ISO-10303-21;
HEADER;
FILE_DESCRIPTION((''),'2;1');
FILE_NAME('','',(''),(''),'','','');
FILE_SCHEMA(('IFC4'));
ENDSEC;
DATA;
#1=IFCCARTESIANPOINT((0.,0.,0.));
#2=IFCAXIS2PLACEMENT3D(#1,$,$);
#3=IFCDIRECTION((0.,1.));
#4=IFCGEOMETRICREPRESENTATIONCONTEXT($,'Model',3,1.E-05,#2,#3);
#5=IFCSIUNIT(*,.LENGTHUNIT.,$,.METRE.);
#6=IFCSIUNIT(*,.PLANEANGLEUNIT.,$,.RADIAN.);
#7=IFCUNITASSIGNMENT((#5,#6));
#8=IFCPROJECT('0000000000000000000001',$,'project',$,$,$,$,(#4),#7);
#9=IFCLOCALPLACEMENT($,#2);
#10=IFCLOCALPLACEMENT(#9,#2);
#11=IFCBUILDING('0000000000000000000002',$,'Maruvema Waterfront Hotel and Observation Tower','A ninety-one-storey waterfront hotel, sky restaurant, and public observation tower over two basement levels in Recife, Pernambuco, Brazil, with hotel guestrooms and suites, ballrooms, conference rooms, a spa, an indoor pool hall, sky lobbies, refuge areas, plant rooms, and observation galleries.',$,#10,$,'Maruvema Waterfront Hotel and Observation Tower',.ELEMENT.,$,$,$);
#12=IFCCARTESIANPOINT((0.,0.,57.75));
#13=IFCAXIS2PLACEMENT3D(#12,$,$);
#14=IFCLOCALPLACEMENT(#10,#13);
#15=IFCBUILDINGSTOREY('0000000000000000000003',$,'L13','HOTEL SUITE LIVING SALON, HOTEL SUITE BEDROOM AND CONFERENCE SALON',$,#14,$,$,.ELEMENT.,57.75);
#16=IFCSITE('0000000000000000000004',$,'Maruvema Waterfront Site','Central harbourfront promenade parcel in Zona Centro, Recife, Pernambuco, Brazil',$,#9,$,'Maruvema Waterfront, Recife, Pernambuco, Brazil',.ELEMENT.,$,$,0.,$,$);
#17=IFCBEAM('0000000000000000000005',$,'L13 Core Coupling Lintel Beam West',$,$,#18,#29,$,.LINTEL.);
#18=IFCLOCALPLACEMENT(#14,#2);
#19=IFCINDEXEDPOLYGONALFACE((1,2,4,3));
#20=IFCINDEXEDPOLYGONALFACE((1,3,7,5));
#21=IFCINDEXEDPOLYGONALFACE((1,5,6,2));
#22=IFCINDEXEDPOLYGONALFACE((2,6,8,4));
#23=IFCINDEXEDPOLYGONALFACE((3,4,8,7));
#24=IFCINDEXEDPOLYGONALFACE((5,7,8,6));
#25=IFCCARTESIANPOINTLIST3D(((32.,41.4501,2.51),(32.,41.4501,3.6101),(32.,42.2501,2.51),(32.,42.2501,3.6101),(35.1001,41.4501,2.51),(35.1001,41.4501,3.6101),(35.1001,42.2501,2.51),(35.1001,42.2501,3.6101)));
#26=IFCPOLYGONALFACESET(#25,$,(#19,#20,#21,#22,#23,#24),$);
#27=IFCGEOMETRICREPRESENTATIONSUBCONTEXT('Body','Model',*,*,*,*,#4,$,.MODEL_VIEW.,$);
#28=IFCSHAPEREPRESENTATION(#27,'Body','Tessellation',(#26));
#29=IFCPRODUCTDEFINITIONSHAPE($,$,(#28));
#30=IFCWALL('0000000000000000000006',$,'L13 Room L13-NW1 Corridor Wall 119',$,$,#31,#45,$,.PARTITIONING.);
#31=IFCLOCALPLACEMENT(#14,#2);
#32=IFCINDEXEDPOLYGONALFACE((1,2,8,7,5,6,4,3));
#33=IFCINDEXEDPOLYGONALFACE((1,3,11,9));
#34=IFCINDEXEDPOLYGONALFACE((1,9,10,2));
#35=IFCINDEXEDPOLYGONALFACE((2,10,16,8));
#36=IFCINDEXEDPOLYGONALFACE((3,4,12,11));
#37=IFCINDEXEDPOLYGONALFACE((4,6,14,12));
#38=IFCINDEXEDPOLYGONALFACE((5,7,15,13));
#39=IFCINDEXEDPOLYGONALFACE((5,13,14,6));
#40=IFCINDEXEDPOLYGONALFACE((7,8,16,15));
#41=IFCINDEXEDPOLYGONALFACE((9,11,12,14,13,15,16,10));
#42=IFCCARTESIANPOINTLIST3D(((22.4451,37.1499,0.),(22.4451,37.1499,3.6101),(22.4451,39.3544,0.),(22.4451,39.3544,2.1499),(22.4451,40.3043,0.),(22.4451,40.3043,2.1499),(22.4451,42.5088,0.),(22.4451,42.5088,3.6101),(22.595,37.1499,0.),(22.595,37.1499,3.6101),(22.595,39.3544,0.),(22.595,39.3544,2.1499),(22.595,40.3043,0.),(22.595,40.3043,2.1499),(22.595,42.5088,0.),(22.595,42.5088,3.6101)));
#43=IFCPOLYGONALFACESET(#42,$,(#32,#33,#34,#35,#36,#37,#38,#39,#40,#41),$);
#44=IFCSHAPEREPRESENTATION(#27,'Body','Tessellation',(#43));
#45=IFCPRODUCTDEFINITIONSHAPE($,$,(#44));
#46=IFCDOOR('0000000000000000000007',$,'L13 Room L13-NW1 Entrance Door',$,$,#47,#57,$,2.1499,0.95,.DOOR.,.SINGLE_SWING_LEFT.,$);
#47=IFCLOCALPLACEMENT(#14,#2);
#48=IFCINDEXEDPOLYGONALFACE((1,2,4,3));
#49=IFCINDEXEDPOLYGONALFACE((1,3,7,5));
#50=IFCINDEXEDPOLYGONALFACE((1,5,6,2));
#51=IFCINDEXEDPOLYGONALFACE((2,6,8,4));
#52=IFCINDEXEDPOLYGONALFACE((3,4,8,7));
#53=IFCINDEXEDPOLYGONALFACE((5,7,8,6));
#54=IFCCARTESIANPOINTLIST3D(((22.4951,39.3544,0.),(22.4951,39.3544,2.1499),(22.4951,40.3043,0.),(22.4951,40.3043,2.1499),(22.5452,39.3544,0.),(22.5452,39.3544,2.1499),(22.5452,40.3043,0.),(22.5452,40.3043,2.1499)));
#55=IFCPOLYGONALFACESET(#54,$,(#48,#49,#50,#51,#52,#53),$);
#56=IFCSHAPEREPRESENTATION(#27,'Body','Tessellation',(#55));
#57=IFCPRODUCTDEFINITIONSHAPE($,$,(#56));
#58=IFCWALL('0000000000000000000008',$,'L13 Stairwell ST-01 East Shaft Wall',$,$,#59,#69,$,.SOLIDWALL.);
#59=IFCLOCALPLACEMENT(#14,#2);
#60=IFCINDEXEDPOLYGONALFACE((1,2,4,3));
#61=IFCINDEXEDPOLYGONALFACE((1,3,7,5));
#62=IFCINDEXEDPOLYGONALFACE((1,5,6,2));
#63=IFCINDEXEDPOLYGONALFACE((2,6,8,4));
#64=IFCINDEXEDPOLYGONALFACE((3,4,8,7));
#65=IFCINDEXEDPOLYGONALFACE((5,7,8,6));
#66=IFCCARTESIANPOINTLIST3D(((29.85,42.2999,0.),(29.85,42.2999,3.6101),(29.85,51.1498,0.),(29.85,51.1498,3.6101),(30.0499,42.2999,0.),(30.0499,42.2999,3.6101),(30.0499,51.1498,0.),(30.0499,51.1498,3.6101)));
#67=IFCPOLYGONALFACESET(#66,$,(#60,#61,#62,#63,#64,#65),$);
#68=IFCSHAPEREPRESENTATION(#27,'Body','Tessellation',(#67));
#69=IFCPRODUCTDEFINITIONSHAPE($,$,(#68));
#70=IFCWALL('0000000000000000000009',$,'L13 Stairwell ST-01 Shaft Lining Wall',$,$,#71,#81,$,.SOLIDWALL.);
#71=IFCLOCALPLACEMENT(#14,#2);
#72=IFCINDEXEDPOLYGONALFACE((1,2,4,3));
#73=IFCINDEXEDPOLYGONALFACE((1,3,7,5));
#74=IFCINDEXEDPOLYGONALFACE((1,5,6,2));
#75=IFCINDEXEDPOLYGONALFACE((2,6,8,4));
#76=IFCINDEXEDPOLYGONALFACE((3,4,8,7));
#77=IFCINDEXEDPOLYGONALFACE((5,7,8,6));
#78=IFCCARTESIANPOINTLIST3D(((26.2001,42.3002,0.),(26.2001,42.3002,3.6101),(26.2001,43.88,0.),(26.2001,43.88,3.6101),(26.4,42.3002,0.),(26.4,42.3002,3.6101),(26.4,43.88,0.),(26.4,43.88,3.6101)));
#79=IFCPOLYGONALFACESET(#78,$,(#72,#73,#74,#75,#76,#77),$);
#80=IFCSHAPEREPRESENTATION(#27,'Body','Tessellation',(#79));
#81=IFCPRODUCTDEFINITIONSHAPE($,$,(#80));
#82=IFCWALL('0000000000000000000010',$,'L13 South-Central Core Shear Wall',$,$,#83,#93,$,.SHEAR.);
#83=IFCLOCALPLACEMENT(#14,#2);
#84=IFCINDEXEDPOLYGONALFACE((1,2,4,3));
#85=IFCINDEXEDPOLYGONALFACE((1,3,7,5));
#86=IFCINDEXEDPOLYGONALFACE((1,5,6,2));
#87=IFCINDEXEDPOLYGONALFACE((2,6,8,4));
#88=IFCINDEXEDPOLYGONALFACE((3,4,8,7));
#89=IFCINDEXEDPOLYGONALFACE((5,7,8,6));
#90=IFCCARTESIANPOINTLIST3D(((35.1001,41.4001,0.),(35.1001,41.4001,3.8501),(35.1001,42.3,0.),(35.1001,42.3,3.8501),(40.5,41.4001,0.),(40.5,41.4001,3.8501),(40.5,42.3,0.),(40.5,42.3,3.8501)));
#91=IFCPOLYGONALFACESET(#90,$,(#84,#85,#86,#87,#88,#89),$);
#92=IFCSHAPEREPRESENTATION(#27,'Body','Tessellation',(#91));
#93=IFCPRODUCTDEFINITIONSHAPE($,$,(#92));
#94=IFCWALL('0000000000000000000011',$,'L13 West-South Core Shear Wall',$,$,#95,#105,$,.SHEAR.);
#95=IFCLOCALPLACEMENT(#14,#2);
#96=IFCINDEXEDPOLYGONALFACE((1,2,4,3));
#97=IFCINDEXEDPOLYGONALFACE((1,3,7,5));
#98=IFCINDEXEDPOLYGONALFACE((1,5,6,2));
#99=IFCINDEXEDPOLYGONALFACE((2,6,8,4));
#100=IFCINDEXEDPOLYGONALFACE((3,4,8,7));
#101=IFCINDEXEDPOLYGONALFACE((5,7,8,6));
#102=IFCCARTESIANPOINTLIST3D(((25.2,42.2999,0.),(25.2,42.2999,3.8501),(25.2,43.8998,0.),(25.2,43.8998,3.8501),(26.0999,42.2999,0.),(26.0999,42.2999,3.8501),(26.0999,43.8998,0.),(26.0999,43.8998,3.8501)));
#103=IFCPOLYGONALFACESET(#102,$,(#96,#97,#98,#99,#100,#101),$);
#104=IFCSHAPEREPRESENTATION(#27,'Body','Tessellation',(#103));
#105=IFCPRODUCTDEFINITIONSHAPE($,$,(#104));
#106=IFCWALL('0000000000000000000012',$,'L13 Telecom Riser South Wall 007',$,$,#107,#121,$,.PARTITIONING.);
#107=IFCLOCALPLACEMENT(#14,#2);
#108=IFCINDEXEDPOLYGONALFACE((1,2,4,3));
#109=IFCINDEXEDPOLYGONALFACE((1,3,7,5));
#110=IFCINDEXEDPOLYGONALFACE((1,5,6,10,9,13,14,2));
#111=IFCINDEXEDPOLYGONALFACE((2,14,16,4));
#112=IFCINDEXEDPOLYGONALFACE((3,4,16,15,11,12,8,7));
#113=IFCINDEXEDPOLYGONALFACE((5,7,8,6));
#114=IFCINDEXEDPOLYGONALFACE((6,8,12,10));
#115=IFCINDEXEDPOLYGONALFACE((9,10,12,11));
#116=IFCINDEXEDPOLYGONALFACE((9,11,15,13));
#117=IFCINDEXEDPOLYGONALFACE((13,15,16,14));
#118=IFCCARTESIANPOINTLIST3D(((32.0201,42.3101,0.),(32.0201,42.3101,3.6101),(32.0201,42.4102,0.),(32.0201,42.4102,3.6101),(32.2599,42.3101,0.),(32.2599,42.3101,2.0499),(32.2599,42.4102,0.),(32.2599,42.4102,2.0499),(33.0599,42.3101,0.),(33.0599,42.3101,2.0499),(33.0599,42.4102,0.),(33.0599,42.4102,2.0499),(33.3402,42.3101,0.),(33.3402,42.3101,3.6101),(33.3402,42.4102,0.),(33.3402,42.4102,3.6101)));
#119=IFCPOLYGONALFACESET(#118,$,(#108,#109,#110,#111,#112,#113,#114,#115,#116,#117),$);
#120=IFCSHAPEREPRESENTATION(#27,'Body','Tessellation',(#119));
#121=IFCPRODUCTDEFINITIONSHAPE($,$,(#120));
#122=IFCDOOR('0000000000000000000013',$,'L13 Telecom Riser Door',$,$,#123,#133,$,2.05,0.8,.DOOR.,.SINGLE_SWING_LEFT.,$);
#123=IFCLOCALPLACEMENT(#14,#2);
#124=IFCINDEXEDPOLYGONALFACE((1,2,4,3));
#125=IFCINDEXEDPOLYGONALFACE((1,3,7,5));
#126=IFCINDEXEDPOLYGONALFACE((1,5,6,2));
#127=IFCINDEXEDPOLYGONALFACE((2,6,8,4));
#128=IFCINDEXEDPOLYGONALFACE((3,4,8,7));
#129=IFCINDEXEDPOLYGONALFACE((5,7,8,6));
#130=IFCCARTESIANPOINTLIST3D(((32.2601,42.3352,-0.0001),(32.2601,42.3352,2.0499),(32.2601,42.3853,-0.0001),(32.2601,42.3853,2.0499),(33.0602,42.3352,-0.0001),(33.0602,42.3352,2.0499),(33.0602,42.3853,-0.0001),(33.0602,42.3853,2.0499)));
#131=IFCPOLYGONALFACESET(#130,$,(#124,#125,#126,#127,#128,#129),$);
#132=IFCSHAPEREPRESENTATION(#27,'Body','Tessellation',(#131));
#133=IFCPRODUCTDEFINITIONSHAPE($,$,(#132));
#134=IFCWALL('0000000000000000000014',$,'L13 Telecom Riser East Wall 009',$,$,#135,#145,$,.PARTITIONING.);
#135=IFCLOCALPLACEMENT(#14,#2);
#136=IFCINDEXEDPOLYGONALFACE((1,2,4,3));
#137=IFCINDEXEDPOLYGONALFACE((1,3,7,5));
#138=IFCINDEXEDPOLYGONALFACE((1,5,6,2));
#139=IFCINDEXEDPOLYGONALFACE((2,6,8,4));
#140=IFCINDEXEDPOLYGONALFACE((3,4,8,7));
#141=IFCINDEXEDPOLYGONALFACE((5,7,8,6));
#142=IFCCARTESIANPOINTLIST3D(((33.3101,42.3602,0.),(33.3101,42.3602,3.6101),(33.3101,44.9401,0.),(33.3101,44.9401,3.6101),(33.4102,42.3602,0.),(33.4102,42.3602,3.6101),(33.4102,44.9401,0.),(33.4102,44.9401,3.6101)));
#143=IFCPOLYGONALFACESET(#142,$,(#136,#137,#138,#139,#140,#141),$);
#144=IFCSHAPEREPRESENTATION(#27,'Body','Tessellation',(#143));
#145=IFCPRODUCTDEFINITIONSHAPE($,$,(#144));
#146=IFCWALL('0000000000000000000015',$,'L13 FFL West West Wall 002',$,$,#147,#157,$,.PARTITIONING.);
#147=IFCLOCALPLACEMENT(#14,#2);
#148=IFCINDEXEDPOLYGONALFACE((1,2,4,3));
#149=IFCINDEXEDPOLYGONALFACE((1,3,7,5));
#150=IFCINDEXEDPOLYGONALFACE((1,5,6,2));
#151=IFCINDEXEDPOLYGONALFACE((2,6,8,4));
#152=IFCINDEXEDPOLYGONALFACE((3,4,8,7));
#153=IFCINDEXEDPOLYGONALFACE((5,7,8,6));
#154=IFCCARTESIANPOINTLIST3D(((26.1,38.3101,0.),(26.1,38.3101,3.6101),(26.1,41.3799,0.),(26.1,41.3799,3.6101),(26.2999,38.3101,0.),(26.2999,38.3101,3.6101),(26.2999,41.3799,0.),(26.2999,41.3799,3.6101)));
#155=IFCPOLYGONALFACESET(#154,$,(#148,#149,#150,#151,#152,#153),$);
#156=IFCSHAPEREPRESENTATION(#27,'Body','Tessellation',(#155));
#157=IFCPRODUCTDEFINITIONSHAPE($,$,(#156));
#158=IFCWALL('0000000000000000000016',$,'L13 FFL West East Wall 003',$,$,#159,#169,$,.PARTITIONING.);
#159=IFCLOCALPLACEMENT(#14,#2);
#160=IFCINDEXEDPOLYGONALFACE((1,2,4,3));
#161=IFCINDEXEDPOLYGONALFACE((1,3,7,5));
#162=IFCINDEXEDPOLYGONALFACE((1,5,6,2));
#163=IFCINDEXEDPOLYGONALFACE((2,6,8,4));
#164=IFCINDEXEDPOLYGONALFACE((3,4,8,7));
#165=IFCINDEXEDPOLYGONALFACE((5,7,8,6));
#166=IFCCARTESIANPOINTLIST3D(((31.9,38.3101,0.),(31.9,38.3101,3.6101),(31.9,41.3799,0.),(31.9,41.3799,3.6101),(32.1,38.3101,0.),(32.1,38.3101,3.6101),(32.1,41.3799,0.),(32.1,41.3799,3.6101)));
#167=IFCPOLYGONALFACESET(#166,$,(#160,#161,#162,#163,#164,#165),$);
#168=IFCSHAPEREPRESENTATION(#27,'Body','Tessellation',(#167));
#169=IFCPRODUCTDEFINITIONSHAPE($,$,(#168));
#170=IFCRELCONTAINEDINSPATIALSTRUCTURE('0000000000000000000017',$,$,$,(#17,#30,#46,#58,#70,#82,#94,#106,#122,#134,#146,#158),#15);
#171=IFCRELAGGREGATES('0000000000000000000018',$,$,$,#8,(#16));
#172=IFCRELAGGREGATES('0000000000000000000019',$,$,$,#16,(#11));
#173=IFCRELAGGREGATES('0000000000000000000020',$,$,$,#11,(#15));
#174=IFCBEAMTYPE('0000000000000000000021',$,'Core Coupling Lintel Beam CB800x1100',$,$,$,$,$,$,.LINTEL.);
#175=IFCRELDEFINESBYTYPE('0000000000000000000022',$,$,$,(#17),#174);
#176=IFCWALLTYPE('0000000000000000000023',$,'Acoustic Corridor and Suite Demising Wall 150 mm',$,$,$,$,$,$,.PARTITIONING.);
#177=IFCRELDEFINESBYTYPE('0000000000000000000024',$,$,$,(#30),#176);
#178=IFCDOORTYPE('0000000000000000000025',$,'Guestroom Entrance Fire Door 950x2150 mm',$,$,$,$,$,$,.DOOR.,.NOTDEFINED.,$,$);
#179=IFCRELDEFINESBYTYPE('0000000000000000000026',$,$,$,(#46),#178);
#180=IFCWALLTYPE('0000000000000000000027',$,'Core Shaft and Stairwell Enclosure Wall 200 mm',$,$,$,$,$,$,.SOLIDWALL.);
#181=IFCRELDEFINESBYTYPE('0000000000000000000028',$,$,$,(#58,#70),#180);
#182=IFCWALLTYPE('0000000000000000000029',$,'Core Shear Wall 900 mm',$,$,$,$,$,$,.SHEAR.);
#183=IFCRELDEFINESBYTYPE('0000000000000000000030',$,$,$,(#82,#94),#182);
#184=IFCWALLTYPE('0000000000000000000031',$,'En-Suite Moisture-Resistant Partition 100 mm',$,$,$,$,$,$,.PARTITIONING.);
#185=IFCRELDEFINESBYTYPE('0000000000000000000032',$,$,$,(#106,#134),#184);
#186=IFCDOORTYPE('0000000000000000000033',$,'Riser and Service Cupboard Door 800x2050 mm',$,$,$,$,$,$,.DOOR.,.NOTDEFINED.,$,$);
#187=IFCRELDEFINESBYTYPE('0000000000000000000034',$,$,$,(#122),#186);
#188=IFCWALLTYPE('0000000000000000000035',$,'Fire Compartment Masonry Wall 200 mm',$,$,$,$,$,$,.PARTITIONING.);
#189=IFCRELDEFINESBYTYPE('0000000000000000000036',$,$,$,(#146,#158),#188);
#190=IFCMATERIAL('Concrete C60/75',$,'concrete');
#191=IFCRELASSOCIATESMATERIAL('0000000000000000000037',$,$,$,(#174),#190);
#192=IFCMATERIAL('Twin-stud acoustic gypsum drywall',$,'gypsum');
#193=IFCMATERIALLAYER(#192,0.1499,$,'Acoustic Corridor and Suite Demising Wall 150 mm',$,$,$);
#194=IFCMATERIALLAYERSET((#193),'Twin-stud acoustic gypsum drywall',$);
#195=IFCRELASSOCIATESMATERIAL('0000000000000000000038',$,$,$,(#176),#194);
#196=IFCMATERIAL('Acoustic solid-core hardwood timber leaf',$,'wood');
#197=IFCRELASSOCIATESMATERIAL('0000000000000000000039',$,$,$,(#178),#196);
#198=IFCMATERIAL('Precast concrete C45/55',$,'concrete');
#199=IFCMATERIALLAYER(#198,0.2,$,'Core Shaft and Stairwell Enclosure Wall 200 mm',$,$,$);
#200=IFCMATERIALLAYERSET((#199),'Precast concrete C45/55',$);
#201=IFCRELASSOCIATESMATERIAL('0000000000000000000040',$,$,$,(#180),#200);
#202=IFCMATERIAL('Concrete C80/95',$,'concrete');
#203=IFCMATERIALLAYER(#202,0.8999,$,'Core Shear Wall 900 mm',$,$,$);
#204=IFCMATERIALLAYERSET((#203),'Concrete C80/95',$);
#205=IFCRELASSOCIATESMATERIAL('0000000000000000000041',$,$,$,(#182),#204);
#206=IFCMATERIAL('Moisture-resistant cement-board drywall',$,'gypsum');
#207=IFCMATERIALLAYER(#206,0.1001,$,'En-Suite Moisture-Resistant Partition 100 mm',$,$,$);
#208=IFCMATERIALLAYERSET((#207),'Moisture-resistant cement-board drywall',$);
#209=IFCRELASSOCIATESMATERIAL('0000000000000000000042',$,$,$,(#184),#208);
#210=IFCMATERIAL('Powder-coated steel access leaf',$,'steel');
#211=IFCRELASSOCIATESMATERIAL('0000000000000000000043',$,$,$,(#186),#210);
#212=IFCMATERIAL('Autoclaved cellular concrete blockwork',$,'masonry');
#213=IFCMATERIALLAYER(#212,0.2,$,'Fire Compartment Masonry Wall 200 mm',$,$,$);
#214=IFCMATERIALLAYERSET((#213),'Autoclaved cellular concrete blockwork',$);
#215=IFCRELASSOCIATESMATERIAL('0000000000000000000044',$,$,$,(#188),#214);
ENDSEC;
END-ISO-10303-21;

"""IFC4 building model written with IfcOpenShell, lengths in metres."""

from ifc_helpers import new_model, si_unit, direction, frame, frame_2d, origin, origin_2d, place, context, subcontext, project, spatial, rectangle, extrude, material, layer, layer_set, material_profile, profile_set, type_object, element, fill, save


model = new_model("IFC4")

# Units and contexts
model_context = context("Model", 3, precision=1e-05, world=origin(), true_north=direction((0.0, 1.0)))
body_context = subcontext(model_context, "Body", "Model", "MODEL_VIEW")
ifc_project = project(units=[si_unit("LENGTHUNIT", "METRE"), si_unit("PLANEANGLEUNIT", "RADIAN")], contexts=[model_context])

# Site, building, storey
site_placement = place(None, origin())
site = spatial("IfcSite", under=ifc_project, at=site_placement, Name="Maruvema Waterfront Site", Description="Central harbourfront promenade parcel in Zona Centro, Recife, Pernambuco, Brazil", LongName="Maruvema Waterfront, Recife, Pernambuco, Brazil", CompositionType="ELEMENT", RefElevation=0.0)
building_placement = place(site_placement, origin())
building = spatial("IfcBuilding", under=site, at=building_placement, Name="Maruvema Waterfront Hotel and Observation Tower", Description="A ninety-one-storey waterfront hotel, sky restaurant, and public observation tower over two basement levels in Recife, Pernambuco, Brazil, with hotel guestrooms and suites, ballrooms, conference rooms, a spa, an indoor pool hall, sky lobbies, refuge areas, plant rooms, and observation galleries.", LongName="Maruvema Waterfront Hotel and Observation Tower", CompositionType="ELEMENT")
storey_placement = place(building_placement, frame((0.0, 0.0, 57.75)))
storey = spatial("IfcBuildingStorey", under=building, at=storey_placement, Name="L13", Description="HOTEL SUITE LIVING SALON, HOTEL SUITE BEDROOM AND CONFERENCE SALON", CompositionType="ELEMENT", Elevation=57.75)

# Beam
ifc_material_1 = material(Name="Concrete C60/75", Category="concrete")
ifc_material_profile = material_profile(ifc_material_1, rectangle(XDim=0.8, YDim=1.1001, at=origin_2d()), Name="CB800x1100")
ifc_profile_set = profile_set([ifc_material_profile], Name="Concrete C60/75")
beam_type = type_object("IfcBeamType", Name="Core Coupling Lintel Beam CB800x1100", PredefinedType="LINTEL", material=ifc_profile_set)
beam_placement = place(storey_placement, frame((32.0, 41.8501, 3.0601), z_axis=(1.0, 0.0, 0.0), x_axis=(0.0, 1.0, 0.0)))
element("IfcBeam", 1, at=beam_placement, inside=storey, type_object=beam_type, Name="L13 Core Coupling Lintel Beam West", PredefinedType="LINTEL", context=body_context, shape_type="SweptSolid", body=[
    extrude(rectangle(XDim=0.8, YDim=1.1001, at=origin_2d()), origin(), (0.0, 0.0, 1.0), 3.1001),
])

# Wall, opening, door
ifc_material_2 = material(Name="Twin-stud acoustic gypsum drywall", Category="gypsum")
ifc_layer_1 = layer(ifc_material_2, 0.1499, Name="Acoustic Corridor and Suite Demising Wall 150 mm")
ifc_layer_set_1 = layer_set([ifc_layer_1], Name="Twin-stud acoustic gypsum drywall")
wall_type_1 = type_object("IfcWallType", Name="Acoustic Corridor and Suite Demising Wall 150 mm", PredefinedType="PARTITIONING", material=ifc_layer_set_1)
wall_1_placement = place(storey_placement, frame((22.52, 37.1499, 0.0), z_axis=(0.0, 0.0, 1.0), x_axis=(0.0, 1.0, 0.0)))
wall_1 = element("IfcWall", 2, at=wall_1_placement, inside=storey, type_object=wall_type_1, Name="L13 Room L13-NW1 Corridor Wall 119", PredefinedType="PARTITIONING", context=body_context, shape_type="SweptSolid", body=[
    extrude(rectangle(XDim=5.3589, YDim=0.1499, at=frame_2d((2.6794, 0.0))), origin(), (0.0, 0.0, 1.0), 3.6101),
])
opening_1_placement = place(wall_1_placement, frame((2.2043, 0.0, 0.0)))
opening_1 = element("IfcOpeningElement", 3, at=opening_1_placement, cuts=wall_1, PredefinedType="OPENING", context=body_context, shape_type="SweptSolid", body=[
    extrude(rectangle(XDim=0.95, YDim=2.1499, at=frame_2d((0.4751, 1.075))), frame((0.0, 0.085, 0.0), z_axis=(0.0, -1.0, 0.0), x_axis=(1.0, 0.0, 0.0)), (0.0, 0.0, 1.0), 0.1699),
])
ifc_material_3 = material(Name="Acoustic solid-core hardwood timber leaf", Category="wood")
door_type_1 = type_object("IfcDoorType", Name="Guestroom Entrance Fire Door 950x2150 mm", OperationType="NOTDEFINED", PredefinedType="DOOR", material=ifc_material_3)
door_1_placement = place(opening_1_placement, origin())
door_1 = element("IfcDoor", 4, at=door_1_placement, inside=storey, type_object=door_type_1, Name="L13 Room L13-NW1 Entrance Door", OperationType="SINGLE_SWING_LEFT", OverallHeight=2.1499, OverallWidth=0.95, PredefinedType="DOOR", context=body_context, shape_type="SweptSolid", body=[
    extrude(rectangle(XDim=0.95, YDim=2.1499, at=frame_2d((0.4751, 1.075))), frame((0.0, 0.0249, 0.0), z_axis=(0.0, -1.0, 0.0), x_axis=(1.0, 0.0, 0.0)), (0.0, 0.0, 1.0), 0.05),
])
fill(opening_1, door_1)

# Walls
ifc_material_4 = material(Name="Precast concrete C45/55", Category="concrete")
ifc_layer_2 = layer(ifc_material_4, 0.2, Name="Core Shaft and Stairwell Enclosure Wall 200 mm")
ifc_layer_set_2 = layer_set([ifc_layer_2], Name="Precast concrete C45/55")
wall_type_2 = type_object("IfcWallType", Name="Core Shaft and Stairwell Enclosure Wall 200 mm", PredefinedType="SOLIDWALL", material=ifc_layer_set_2)
wall_2_placement = place(storey_placement, frame((29.95, 42.3, 0.0), z_axis=(0.0, 0.0, 1.0), x_axis=(0.0, 1.0, 0.0)))
element("IfcWall", 5, at=wall_2_placement, inside=storey, type_object=wall_type_2, Name="L13 Stairwell ST-01 East Shaft Wall", PredefinedType="SOLIDWALL", context=body_context, shape_type="SweptSolid", body=[
    extrude(rectangle(XDim=8.8499, YDim=0.2, at=frame_2d((4.4248, 0.0))), origin(), (0.0, 0.0, 1.0), 3.6101),
])
wall_3_placement = place(storey_placement, frame((26.3, 42.3, 0.0), z_axis=(0.0, 0.0, 1.0), x_axis=(0.0, 1.0, 0.0)))
element("IfcWall", 6, at=wall_3_placement, inside=storey, type_object=wall_type_2, Name="L13 Stairwell ST-01 Shaft Lining Wall", PredefinedType="SOLIDWALL", context=body_context, shape_type="SweptSolid", body=[
    extrude(rectangle(XDim=1.5798, YDim=0.2, at=frame_2d((0.79, 0.0))), origin(), (0.0, 0.0, 1.0), 3.6101),
])

# Shared definitions
ifc_material_5 = material(Name="Concrete C80/95", Category="concrete")
ifc_layer_3 = layer(ifc_material_5, 0.8999, Name="Core Shear Wall 900 mm")
ifc_layer_set_3 = layer_set([ifc_layer_3], Name="Concrete C80/95")
wall_type_3 = type_object("IfcWallType", Name="Core Shear Wall 900 mm", PredefinedType="SHEAR", material=ifc_layer_set_3)

# Walls
wall_4_placement = place(storey_placement, frame((35.1001, 41.8501, 0.0), z_axis=(0.0, 0.0, 1.0), x_axis=(1.0, 0.0, 0.0)))
element("IfcWall", 7, at=wall_4_placement, inside=storey, type_object=wall_type_3, Name="L13 South-Central Core Shear Wall", PredefinedType="SHEAR", context=body_context, shape_type="SweptSolid", body=[
    extrude(rectangle(XDim=5.3999, YDim=0.8999, at=frame_2d((2.7, 0.0))), origin(), (0.0, 0.0, 1.0), 3.8501),
])
wall_5_placement = place(storey_placement, frame((25.6499, 42.3, 0.0), z_axis=(0.0, 0.0, 1.0), x_axis=(0.0, 1.0, 0.0)))
element("IfcWall", 8, at=wall_5_placement, inside=storey, type_object=wall_type_3, Name="L13 West-South Core Shear Wall", PredefinedType="SHEAR", context=body_context, shape_type="SweptSolid", body=[
    extrude(rectangle(XDim=1.5999, YDim=0.8999, at=frame_2d((0.7998, 0.0))), origin(), (0.0, 0.0, 1.0), 3.8501),
])

# Wall, opening, door
ifc_material_6 = material(Name="Moisture-resistant cement-board drywall", Category="gypsum")
ifc_layer_4 = layer(ifc_material_6, 0.1001, Name="En-Suite Moisture-Resistant Partition 100 mm")
ifc_layer_set_4 = layer_set([ifc_layer_4], Name="Moisture-resistant cement-board drywall")
wall_type_4 = type_object("IfcWallType", Name="En-Suite Moisture-Resistant Partition 100 mm", PredefinedType="PARTITIONING", material=ifc_layer_set_4)
wall_6_placement = place(storey_placement, frame((32.02, 42.3601, 0.0), z_axis=(0.0, 0.0, 1.0), x_axis=(1.0, 0.0, 0.0)))
wall_6 = element("IfcWall", 9, at=wall_6_placement, inside=storey, type_object=wall_type_4, Name="L13 Telecom Riser South Wall 007", PredefinedType="PARTITIONING", context=body_context, shape_type="SweptSolid", body=[
    extrude(rectangle(XDim=1.3201, YDim=0.1001, at=frame_2d((0.6602, 0.0))), origin(), (0.0, 0.0, 1.0), 3.6101),
])
opening_2_placement = place(wall_6_placement, frame((0.24, 0.0, 0.0)))
opening_2 = element("IfcOpeningElement", 10, at=opening_2_placement, cuts=wall_6, PredefinedType="OPENING", context=body_context, shape_type="SweptSolid", body=[
    extrude(rectangle(XDim=0.8, YDim=2.05, at=frame_2d((0.3999, 1.0249))), frame((0.0, 0.0601, 0.0), z_axis=(0.0, -1.0, 0.0), x_axis=(1.0, 0.0, 0.0)), (0.0, 0.0, 1.0), 0.1201),
])
ifc_material_7 = material(Name="Powder-coated steel access leaf", Category="steel")
door_type_2 = type_object("IfcDoorType", Name="Riser and Service Cupboard Door 800x2050 mm", OperationType="NOTDEFINED", PredefinedType="DOOR", material=ifc_material_7)
door_2_placement = place(opening_2_placement, frame((0.8, 0.0, 0.0), z_axis=(0.0, 0.0, 1.0), x_axis=(-1.0, 0.0, 0.0)))
door_2 = element("IfcDoor", 11, at=door_2_placement, inside=storey, type_object=door_type_2, Name="L13 Telecom Riser Door", OperationType="SINGLE_SWING_LEFT", OverallHeight=2.05, OverallWidth=0.8, PredefinedType="DOOR", context=body_context, shape_type="SweptSolid", body=[
    extrude(rectangle(XDim=0.8, YDim=2.05, at=frame_2d((0.3999, 1.0249))), frame((0.0, 0.0249, 0.0), z_axis=(0.0, -1.0, 0.0), x_axis=(1.0, 0.0, 0.0)), (0.0, 0.0, 1.0), 0.05),
])
fill(opening_2, door_2)

# Wall
wall_7_placement = place(storey_placement, frame((33.3601, 42.3601, 0.0), z_axis=(0.0, 0.0, 1.0), x_axis=(0.0, 1.0, 0.0)))
element("IfcWall", 12, at=wall_7_placement, inside=storey, type_object=wall_type_4, Name="L13 Telecom Riser East Wall 009", PredefinedType="PARTITIONING", context=body_context, shape_type="SweptSolid", body=[
    extrude(rectangle(XDim=2.5798, YDim=0.1001, at=frame_2d((1.29, 0.0))), origin(), (0.0, 0.0, 1.0), 3.6101),
])

# Shared definitions
ifc_material_8 = material(Name="Autoclaved cellular concrete blockwork", Category="masonry")
ifc_layer_5 = layer(ifc_material_8, 0.2, Name="Fire Compartment Masonry Wall 200 mm")
ifc_layer_set_5 = layer_set([ifc_layer_5], Name="Autoclaved cellular concrete blockwork")
wall_type_5 = type_object("IfcWallType", Name="Fire Compartment Masonry Wall 200 mm", PredefinedType="PARTITIONING", material=ifc_layer_set_5)

# Walls
for number, where, z_axis, x_axis, name in (
    (13, (26.2, 38.3101, 0.0), (0.0, 0.0, 1.0), (0.0, 1.0, 0.0), "L13 FFL West West Wall 002"),
    (14, (32.0, 38.3101, 0.0), (0.0, 0.0, 1.0), (0.0, 1.0, 0.0), "L13 FFL West East Wall 003"),
):
    element("IfcWall", number, at=place(storey_placement, frame(where, z_axis=z_axis, x_axis=x_axis)), inside=storey, type_object=wall_type_5, Name=name, PredefinedType="PARTITIONING", context=body_context, shape_type="SweptSolid", body=[
        extrude(rectangle(XDim=3.0698, YDim=0.2, at=frame_2d((1.5349, 0.0))), origin(), (0.0, 0.0, 1.0), 3.6101),
    ])

save(model, "model.ifc")
